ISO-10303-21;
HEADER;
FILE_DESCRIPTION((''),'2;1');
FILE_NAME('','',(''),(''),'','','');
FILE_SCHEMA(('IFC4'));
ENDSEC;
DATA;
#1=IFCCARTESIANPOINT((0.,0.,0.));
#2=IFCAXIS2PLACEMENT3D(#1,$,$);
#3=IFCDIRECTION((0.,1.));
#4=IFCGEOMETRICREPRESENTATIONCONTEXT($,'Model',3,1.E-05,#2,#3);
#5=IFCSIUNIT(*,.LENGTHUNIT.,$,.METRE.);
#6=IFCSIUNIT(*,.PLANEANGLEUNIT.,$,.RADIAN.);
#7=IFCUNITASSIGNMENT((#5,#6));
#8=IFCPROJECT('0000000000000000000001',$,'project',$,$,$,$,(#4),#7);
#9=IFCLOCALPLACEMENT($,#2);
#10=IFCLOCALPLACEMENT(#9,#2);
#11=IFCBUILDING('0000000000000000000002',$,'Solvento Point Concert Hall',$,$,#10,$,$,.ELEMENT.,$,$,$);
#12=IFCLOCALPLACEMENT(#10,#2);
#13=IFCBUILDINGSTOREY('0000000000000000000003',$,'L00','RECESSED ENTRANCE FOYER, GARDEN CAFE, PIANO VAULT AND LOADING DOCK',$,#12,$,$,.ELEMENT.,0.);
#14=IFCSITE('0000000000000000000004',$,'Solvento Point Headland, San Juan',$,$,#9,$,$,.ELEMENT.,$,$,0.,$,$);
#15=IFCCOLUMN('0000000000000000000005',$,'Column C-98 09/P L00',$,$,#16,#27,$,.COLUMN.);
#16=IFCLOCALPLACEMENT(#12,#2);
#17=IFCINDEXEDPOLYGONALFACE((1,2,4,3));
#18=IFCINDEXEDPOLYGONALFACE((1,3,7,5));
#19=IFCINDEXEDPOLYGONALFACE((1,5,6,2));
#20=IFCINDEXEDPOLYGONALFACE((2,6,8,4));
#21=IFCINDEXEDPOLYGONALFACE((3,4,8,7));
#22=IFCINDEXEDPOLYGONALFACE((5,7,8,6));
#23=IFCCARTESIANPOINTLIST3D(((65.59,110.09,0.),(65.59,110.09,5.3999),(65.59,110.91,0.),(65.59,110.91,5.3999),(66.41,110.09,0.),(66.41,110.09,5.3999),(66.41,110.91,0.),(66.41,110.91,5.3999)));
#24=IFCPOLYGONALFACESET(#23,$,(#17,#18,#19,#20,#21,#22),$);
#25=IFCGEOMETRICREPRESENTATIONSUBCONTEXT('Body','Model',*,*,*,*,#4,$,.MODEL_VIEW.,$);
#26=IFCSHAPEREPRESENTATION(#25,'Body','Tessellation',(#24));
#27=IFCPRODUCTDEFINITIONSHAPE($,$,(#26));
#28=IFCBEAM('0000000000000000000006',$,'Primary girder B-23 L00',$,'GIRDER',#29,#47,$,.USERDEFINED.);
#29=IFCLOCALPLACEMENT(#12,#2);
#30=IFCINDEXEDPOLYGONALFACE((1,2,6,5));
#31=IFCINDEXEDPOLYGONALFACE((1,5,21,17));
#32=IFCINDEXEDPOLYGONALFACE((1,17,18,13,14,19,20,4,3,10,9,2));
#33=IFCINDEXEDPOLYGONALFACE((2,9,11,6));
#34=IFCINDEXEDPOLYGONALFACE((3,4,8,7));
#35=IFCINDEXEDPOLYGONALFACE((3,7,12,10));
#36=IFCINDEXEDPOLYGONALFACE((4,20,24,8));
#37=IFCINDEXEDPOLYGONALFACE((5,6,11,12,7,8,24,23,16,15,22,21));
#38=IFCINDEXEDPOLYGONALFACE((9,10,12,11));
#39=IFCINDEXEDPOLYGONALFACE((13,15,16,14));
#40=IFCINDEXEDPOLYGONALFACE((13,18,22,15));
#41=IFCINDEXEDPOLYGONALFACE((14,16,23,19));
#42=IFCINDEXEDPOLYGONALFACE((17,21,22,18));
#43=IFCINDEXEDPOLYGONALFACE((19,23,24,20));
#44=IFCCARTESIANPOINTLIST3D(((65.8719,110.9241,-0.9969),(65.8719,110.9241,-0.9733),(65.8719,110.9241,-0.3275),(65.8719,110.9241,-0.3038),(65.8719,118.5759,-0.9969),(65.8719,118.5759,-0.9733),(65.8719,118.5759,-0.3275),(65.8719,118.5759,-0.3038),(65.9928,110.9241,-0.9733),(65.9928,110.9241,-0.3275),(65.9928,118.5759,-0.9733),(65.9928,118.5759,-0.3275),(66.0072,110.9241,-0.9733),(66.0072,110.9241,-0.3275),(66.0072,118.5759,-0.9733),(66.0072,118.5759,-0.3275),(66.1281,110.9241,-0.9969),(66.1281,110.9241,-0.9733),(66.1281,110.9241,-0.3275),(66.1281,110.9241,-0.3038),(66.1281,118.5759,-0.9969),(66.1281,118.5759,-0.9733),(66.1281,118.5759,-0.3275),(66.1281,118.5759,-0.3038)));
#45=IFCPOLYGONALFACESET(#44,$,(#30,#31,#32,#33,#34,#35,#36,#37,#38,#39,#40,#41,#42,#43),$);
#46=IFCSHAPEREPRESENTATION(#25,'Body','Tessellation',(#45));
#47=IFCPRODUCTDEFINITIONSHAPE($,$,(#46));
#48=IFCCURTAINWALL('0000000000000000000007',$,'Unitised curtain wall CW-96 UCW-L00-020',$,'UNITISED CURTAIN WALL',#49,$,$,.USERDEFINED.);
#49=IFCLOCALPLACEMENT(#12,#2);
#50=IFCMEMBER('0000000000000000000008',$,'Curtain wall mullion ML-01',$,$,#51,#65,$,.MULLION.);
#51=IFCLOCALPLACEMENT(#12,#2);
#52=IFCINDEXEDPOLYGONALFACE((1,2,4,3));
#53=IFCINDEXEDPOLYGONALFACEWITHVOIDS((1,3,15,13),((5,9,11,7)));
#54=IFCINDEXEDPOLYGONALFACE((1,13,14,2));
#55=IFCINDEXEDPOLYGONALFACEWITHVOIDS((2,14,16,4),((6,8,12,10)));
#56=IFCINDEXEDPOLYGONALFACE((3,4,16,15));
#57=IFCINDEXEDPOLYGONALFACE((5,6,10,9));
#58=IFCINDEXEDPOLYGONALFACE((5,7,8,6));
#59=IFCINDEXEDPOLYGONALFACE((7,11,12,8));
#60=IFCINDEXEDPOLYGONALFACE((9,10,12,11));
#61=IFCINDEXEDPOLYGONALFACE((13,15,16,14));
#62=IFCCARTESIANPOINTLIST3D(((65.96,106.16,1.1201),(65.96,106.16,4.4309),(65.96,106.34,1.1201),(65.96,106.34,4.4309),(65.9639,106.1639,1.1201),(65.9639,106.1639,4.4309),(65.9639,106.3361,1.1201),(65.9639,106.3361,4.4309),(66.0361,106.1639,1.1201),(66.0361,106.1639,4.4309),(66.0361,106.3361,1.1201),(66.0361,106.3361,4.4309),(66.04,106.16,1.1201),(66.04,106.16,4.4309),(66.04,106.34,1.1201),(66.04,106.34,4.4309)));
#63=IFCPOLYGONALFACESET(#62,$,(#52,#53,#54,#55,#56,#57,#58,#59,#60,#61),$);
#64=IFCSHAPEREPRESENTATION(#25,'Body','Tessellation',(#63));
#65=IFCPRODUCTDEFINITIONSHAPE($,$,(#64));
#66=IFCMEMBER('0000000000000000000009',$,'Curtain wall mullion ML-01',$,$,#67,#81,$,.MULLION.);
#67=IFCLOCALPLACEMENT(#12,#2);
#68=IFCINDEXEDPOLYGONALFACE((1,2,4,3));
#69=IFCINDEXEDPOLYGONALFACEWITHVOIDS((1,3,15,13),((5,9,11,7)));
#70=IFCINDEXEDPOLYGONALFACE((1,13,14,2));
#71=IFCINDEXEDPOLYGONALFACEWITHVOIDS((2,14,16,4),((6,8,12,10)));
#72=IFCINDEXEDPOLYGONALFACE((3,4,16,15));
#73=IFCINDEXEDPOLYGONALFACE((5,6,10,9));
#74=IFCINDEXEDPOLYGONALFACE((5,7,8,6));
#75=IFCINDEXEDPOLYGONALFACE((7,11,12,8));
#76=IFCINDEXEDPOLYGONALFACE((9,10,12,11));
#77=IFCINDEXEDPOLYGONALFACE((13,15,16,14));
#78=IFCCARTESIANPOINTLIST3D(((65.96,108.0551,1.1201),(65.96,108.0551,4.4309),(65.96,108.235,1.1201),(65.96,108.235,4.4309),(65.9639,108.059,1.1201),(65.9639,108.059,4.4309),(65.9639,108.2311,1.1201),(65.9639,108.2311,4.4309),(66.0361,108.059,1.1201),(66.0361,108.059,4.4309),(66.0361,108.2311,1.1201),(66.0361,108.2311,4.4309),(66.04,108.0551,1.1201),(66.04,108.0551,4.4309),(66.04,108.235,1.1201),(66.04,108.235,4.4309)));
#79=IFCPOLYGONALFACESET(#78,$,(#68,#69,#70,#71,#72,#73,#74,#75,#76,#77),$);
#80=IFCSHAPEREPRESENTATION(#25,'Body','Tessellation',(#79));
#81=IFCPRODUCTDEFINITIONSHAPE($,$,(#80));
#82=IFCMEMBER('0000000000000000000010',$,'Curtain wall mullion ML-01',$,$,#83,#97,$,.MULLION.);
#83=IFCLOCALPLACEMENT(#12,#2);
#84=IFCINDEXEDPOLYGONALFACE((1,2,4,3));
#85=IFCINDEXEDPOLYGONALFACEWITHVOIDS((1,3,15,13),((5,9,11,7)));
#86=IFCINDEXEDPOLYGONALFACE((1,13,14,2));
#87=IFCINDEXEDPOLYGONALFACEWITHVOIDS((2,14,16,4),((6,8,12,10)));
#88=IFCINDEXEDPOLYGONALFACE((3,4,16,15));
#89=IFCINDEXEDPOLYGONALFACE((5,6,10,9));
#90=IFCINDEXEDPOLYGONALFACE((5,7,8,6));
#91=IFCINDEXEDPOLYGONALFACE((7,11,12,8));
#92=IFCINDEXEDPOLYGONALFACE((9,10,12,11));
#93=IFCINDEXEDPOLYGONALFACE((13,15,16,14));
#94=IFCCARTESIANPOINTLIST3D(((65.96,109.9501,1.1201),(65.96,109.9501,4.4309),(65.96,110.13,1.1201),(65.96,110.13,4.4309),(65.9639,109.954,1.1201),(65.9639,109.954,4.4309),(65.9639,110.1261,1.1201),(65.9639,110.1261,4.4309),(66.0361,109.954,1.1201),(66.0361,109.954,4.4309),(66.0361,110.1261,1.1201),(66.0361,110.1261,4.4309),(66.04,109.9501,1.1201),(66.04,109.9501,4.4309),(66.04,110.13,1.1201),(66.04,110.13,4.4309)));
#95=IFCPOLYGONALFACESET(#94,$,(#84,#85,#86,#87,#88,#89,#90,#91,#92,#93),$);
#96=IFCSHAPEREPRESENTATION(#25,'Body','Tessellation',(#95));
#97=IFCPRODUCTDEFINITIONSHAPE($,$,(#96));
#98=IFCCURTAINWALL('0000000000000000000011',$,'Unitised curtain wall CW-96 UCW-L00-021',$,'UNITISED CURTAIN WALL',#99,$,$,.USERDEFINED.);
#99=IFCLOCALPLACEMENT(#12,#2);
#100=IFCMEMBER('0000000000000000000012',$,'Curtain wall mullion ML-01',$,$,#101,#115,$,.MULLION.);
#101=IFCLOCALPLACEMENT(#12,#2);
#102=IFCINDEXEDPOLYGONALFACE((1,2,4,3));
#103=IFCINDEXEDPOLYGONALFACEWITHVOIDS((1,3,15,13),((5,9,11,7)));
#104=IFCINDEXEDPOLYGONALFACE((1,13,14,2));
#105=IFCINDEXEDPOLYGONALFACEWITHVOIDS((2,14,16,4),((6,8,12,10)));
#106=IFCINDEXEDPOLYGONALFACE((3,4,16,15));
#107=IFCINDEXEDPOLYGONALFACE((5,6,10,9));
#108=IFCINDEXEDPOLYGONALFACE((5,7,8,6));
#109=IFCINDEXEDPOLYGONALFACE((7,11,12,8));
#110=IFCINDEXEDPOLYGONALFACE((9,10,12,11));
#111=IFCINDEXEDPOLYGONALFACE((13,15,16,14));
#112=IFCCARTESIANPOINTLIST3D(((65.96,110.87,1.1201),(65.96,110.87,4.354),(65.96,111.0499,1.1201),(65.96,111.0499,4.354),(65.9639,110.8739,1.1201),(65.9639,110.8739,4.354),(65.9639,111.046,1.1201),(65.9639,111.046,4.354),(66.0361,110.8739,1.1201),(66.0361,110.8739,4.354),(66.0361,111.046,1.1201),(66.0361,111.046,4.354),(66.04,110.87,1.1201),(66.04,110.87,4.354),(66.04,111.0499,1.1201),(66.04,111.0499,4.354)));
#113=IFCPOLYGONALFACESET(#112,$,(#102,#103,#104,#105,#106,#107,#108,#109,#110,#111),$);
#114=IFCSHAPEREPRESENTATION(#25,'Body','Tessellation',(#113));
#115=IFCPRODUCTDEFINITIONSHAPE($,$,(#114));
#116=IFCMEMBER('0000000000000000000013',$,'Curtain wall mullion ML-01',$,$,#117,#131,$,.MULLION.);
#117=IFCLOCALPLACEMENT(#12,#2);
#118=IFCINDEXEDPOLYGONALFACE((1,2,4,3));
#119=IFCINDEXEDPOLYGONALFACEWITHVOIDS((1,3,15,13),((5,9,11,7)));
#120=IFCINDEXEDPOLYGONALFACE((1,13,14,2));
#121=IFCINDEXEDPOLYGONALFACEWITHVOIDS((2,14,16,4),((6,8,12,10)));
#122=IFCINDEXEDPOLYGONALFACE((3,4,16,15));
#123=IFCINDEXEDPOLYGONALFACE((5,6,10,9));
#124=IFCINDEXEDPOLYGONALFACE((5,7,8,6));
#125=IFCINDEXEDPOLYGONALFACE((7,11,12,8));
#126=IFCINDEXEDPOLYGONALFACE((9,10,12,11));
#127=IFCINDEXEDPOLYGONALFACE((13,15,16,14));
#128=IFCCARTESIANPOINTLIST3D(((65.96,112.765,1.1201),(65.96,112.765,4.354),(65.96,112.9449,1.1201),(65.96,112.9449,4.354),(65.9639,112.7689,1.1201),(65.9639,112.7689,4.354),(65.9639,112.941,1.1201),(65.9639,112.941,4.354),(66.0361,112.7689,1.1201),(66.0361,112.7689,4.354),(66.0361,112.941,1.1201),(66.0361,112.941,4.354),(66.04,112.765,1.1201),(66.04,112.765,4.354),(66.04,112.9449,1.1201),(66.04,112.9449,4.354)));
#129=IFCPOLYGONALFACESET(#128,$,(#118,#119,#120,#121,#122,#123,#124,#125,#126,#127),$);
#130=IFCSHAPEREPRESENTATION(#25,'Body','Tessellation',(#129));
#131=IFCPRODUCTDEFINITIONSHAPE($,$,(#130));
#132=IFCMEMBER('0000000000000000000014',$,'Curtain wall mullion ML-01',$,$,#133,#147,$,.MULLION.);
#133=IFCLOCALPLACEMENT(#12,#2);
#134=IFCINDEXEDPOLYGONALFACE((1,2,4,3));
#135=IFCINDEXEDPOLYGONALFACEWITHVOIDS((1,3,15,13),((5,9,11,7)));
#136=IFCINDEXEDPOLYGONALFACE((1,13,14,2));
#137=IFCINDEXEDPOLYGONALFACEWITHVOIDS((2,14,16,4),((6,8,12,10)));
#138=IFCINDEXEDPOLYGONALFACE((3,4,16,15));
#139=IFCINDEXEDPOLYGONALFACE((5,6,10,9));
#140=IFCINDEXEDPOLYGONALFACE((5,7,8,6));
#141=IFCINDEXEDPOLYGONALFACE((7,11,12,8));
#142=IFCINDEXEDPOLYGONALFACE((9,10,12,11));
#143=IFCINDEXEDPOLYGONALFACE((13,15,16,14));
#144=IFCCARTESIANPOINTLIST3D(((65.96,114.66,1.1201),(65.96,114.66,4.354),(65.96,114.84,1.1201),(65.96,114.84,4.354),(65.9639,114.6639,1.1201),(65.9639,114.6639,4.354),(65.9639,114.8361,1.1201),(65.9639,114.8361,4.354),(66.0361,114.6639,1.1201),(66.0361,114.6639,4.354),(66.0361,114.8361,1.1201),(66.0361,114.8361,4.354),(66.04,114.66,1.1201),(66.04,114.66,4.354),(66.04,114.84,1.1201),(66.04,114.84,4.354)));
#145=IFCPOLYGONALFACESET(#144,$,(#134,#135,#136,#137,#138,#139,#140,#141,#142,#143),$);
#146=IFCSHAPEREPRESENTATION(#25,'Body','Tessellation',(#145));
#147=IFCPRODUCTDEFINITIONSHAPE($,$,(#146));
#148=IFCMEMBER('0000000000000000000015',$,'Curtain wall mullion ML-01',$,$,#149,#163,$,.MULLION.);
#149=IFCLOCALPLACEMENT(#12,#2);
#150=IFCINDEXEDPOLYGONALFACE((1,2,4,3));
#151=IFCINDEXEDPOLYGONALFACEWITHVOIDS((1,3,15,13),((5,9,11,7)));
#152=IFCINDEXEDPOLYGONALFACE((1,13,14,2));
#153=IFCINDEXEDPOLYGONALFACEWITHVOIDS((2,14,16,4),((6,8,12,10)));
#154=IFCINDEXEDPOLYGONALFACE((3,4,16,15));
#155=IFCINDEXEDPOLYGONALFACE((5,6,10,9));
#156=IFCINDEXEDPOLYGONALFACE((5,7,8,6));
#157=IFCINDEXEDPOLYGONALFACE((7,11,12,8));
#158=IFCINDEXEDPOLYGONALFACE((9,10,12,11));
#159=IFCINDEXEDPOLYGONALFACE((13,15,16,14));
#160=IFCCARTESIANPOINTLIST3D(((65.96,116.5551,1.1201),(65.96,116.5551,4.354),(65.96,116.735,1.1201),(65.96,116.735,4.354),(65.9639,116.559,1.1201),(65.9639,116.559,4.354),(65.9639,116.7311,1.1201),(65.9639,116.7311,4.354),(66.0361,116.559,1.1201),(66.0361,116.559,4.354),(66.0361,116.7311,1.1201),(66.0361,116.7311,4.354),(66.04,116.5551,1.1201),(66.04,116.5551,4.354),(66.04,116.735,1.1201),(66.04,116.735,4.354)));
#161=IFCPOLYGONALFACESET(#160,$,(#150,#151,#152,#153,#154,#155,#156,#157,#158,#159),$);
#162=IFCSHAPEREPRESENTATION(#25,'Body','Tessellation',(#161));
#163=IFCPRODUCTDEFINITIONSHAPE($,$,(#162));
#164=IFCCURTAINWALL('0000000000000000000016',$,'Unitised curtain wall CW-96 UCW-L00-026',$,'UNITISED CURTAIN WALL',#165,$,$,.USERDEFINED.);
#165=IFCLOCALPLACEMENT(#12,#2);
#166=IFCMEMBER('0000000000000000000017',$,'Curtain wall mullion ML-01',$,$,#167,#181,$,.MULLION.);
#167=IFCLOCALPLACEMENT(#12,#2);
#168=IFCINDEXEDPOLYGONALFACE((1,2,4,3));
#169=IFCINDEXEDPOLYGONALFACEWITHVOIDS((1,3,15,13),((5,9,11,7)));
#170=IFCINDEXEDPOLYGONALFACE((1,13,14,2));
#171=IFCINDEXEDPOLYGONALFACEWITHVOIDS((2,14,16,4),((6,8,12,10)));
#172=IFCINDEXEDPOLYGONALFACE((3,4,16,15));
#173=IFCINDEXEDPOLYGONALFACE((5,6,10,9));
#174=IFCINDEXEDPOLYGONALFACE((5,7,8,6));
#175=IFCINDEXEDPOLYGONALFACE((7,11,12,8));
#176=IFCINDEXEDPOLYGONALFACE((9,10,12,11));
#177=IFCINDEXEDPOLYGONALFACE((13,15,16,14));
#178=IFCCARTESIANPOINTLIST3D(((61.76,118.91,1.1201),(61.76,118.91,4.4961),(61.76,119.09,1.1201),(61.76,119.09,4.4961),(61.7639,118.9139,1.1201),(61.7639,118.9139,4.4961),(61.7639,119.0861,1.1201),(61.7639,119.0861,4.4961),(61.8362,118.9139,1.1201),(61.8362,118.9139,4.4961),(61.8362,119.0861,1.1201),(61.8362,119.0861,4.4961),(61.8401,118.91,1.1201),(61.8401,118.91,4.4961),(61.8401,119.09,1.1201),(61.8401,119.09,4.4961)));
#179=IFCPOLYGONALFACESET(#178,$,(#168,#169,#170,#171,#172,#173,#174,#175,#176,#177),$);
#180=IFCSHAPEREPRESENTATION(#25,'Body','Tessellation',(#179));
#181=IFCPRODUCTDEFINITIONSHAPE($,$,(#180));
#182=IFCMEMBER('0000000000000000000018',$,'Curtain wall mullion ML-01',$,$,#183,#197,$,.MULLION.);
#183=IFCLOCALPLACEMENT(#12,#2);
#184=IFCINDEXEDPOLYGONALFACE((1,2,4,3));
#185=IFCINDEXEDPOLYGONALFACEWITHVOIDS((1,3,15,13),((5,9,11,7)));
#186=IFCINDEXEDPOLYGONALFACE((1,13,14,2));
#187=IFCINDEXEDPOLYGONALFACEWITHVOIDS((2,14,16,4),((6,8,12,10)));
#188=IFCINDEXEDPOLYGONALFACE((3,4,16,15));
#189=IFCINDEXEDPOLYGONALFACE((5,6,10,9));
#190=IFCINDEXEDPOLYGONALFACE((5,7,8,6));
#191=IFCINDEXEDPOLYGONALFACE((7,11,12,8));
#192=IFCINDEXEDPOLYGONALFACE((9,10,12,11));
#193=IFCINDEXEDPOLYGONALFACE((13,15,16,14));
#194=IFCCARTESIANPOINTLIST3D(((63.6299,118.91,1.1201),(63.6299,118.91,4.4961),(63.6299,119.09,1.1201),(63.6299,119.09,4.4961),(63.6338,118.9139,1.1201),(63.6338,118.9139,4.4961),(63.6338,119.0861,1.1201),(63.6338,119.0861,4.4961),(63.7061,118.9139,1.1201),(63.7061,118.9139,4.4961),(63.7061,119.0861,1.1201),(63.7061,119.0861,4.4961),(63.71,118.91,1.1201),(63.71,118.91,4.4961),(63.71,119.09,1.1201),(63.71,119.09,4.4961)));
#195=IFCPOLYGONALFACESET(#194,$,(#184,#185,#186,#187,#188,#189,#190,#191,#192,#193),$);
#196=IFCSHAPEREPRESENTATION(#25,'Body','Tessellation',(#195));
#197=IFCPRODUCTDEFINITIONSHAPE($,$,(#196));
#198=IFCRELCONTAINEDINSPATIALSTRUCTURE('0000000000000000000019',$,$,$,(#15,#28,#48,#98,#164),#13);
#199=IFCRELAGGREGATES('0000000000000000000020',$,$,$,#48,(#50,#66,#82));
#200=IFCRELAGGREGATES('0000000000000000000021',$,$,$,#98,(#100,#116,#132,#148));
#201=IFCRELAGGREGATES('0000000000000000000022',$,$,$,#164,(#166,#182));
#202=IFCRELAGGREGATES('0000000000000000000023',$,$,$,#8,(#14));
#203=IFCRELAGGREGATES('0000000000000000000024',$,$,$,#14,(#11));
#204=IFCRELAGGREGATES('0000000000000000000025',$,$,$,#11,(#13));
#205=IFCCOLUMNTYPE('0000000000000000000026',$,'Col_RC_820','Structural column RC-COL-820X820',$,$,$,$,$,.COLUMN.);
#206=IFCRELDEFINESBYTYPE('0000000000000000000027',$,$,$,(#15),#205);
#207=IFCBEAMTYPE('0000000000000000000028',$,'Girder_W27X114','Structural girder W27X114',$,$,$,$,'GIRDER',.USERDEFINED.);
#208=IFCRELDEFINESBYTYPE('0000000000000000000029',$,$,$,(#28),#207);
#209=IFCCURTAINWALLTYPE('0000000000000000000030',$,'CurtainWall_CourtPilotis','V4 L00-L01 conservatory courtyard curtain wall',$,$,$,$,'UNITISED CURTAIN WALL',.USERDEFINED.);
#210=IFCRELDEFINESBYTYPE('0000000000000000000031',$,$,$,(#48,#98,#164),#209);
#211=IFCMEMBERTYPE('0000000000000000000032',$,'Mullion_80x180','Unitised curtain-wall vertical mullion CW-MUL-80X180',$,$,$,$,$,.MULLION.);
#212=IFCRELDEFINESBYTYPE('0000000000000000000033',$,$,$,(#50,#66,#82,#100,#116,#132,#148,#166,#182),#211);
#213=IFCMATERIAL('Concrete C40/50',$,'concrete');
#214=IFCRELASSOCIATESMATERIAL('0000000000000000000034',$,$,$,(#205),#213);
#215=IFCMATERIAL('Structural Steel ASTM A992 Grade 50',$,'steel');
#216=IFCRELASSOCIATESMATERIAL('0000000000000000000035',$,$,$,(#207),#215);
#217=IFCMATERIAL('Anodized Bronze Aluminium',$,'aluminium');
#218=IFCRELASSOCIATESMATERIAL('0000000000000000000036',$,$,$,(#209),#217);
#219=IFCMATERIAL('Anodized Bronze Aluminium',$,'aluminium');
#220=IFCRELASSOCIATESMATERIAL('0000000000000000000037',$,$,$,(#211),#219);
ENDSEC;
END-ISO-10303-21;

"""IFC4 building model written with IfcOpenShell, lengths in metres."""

from ifc_helpers import new_model, si_unit, direction, frame, origin, origin_2d, place, context, subcontext, project, spatial, rectangle, hollow_rectangle, i_section, extrude, material, material_profile, profile_set, type_object, element, aggregate, save


model = new_model("IFC4")

# Units and contexts
model_context = context("Model", 3, precision=1e-05, world=origin(), true_north=direction((0.0, 1.0)))
body_context = subcontext(model_context, "Body", "Model", "MODEL_VIEW")
ifc_project = project(units=[si_unit("LENGTHUNIT", "METRE"), si_unit("PLANEANGLEUNIT", "RADIAN")], contexts=[model_context])

# Site, building, storey
site_placement = place(None, origin())
site = spatial("IfcSite", under=ifc_project, at=site_placement, Name="Solvento Point Headland, San Juan", CompositionType="ELEMENT", RefElevation=0.0)
building_placement = place(site_placement, origin())
building = spatial("IfcBuilding", under=site, at=building_placement, Name="Solvento Point Concert Hall", CompositionType="ELEMENT")
storey_placement = place(building_placement, origin())
storey = spatial("IfcBuildingStorey", under=building, at=storey_placement, Name="L00", Description="RECESSED ENTRANCE FOYER, GARDEN CAFE, PIANO VAULT AND LOADING DOCK", CompositionType="ELEMENT", Elevation=0.0)

# Column
ifc_material_1 = material(Name="Concrete C40/50", Category="concrete")
ifc_material_profile_1 = material_profile(ifc_material_1, rectangle(XDim=0.8201, YDim=0.8201, at=origin_2d()), Name="RC-COL-820X820")
ifc_profile_set_1 = profile_set([ifc_material_profile_1], Name="Concrete C40/50")
column_type = type_object("IfcColumnType", Name="Col_RC_820", Description="Structural column RC-COL-820X820", PredefinedType="COLUMN", material=ifc_profile_set_1)
column_placement = place(storey_placement, frame((66.0, 110.5, 0.0), z_axis=(0.0, 0.0, 1.0), x_axis=(1.0, 0.0, 0.0)))
element("IfcColumn", 1, at=column_placement, inside=storey, type_object=column_type, Name="Column C-98 09/P L00", PredefinedType="COLUMN", context=body_context, shape_type="SweptSolid", body=[
    extrude(rectangle(XDim=0.8201, YDim=0.8201, at=origin_2d()), origin(), (0.0, 0.0, 1.0), 5.3999),
])

# Beam
ifc_material_2 = material(Name="Structural Steel ASTM A992 Grade 50", Category="steel")
ifc_material_profile_2 = material_profile(ifc_material_2, i_section(OverallWidth=0.2561, OverallDepth=0.6931, WebThickness=0.0144, FlangeThickness=0.0237, at=origin_2d()), Name="W27X114")
ifc_profile_set_2 = profile_set([ifc_material_profile_2], Name="Structural Steel ASTM A992 Grade 50")
beam_type = type_object("IfcBeamType", Name="Girder_W27X114", Description="Structural girder W27X114", ElementType="GIRDER", PredefinedType="USERDEFINED", material=ifc_profile_set_2)
beam_placement = place(storey_placement, frame((66.0, 110.9241, -0.6504), z_axis=(0.0, 1.0, 0.0), x_axis=(-1.0, 0.0, 0.0)))
element("IfcBeam", 2, at=beam_placement, inside=storey, type_object=beam_type, Name="Primary girder B-23 L00", ObjectType="GIRDER", PredefinedType="USERDEFINED", context=body_context, shape_type="SweptSolid", body=[
    extrude(i_section(OverallWidth=0.2561, OverallDepth=0.6931, WebThickness=0.0144, FlangeThickness=0.0237, at=origin_2d()), origin(), (0.0, 0.0, 1.0), 7.6519),
])

# Curtain walls, members
ifc_material_3 = material(Name="Anodized Bronze Aluminium", Category="aluminium")
curtain_wall_type = type_object("IfcCurtainWallType", Name="CurtainWall_CourtPilotis", Description="V4 L00-L01 conservatory courtyard curtain wall", ElementType="UNITISED CURTAIN WALL", PredefinedType="USERDEFINED", material=ifc_material_3)
curtain_wall_1_placement = place(storey_placement, origin())
curtain_wall_1 = element("IfcCurtainWall", 3, at=curtain_wall_1_placement, inside=storey, type_object=curtain_wall_type, Name="Unitised curtain wall CW-96 UCW-L00-020", ObjectType="UNITISED CURTAIN WALL", PredefinedType="USERDEFINED")
ifc_material_4 = material(Name="Anodized Bronze Aluminium", Category="aluminium")
ifc_material_profile_3 = material_profile(ifc_material_4, hollow_rectangle(XDim=0.0801, YDim=0.1799, WallThickness=0.0039, at=origin_2d()), Name="CW-MUL-80X180")
ifc_profile_set_3 = profile_set([ifc_material_profile_3], Name="Anodized Bronze Aluminium")
member_type_1 = type_object("IfcMemberType", Name="Mullion_80x180", Description="Unitised curtain-wall vertical mullion CW-MUL-80X180", PredefinedType="MULLION", material=ifc_profile_set_3)
member_1_placement = place(storey_placement, frame((66.0, 106.25, 1.1201), z_axis=(0.0, 0.0, 1.0), x_axis=(1.0, 0.0, 0.0)))
member_1 = element("IfcMember", 4, at=member_1_placement, type_object=member_type_1, Name="Curtain wall mullion ML-01", PredefinedType="MULLION", context=body_context, shape_type="SweptSolid", body=[
    extrude(hollow_rectangle(XDim=0.0801, YDim=0.1799, WallThickness=0.0039, at=origin_2d()), origin(), (0.0, 0.0, 1.0), 3.3108),
])
member_2_placement = place(storey_placement, frame((66.0, 108.145, 1.1201), z_axis=(0.0, 0.0, 1.0), x_axis=(1.0, 0.0, 0.0)))
member_2 = element("IfcMember", 5, at=member_2_placement, type_object=member_type_1, Name="Curtain wall mullion ML-01", PredefinedType="MULLION", context=body_context, shape_type="SweptSolid", body=[
    extrude(hollow_rectangle(XDim=0.0801, YDim=0.1799, WallThickness=0.0039, at=origin_2d()), origin(), (0.0, 0.0, 1.0), 3.3108),
])
member_3_placement = place(storey_placement, frame((66.0, 110.04, 1.1201), z_axis=(0.0, 0.0, 1.0), x_axis=(1.0, 0.0, 0.0)))
member_3 = element("IfcMember", 6, at=member_3_placement, type_object=member_type_1, Name="Curtain wall mullion ML-01", PredefinedType="MULLION", context=body_context, shape_type="SweptSolid", body=[
    extrude(hollow_rectangle(XDim=0.0801, YDim=0.1799, WallThickness=0.0039, at=origin_2d()), origin(), (0.0, 0.0, 1.0), 3.3108),
])
curtain_wall_2_placement = place(storey_placement, origin())
curtain_wall_2 = element("IfcCurtainWall", 7, at=curtain_wall_2_placement, inside=storey, type_object=curtain_wall_type, Name="Unitised curtain wall CW-96 UCW-L00-021", ObjectType="UNITISED CURTAIN WALL", PredefinedType="USERDEFINED")
member_4_placement = place(storey_placement, frame((66.0, 110.96, 1.1201), z_axis=(0.0, 0.0, 1.0), x_axis=(1.0, 0.0, 0.0)))
member_4 = element("IfcMember", 8, at=member_4_placement, type_object=member_type_1, Name="Curtain wall mullion ML-01", PredefinedType="MULLION", context=body_context, shape_type="SweptSolid", body=[
    extrude(hollow_rectangle(XDim=0.0801, YDim=0.1799, WallThickness=0.0039, at=origin_2d()), origin(), (0.0, 0.0, 1.0), 3.2339),
])
member_5_placement = place(storey_placement, frame((66.0, 112.855, 1.1201), z_axis=(0.0, 0.0, 1.0), x_axis=(1.0, 0.0, 0.0)))
member_5 = element("IfcMember", 9, at=member_5_placement, type_object=member_type_1, Name="Curtain wall mullion ML-01", PredefinedType="MULLION", context=body_context, shape_type="SweptSolid", body=[
    extrude(hollow_rectangle(XDim=0.0801, YDim=0.1799, WallThickness=0.0039, at=origin_2d()), origin(), (0.0, 0.0, 1.0), 3.2339),
])
member_6_placement = place(storey_placement, frame((66.0, 114.75, 1.1201), z_axis=(0.0, 0.0, 1.0), x_axis=(1.0, 0.0, 0.0)))
member_6 = element("IfcMember", 10, at=member_6_placement, type_object=member_type_1, Name="Curtain wall mullion ML-01", PredefinedType="MULLION", context=body_context, shape_type="SweptSolid", body=[
    extrude(hollow_rectangle(XDim=0.0801, YDim=0.1799, WallThickness=0.0039, at=origin_2d()), origin(), (0.0, 0.0, 1.0), 3.2339),
])
member_7_placement = place(storey_placement, frame((66.0, 116.645, 1.1201), z_axis=(0.0, 0.0, 1.0), x_axis=(1.0, 0.0, 0.0)))
member_7 = element("IfcMember", 11, at=member_7_placement, type_object=member_type_1, Name="Curtain wall mullion ML-01", PredefinedType="MULLION", context=body_context, shape_type="SweptSolid", body=[
    extrude(hollow_rectangle(XDim=0.0801, YDim=0.1799, WallThickness=0.0039, at=origin_2d()), origin(), (0.0, 0.0, 1.0), 3.2339),
])
curtain_wall_3_placement = place(storey_placement, origin())
curtain_wall_3 = element("IfcCurtainWall", 12, at=curtain_wall_3_placement, inside=storey, type_object=curtain_wall_type, Name="Unitised curtain wall CW-96 UCW-L00-026", ObjectType="UNITISED CURTAIN WALL", PredefinedType="USERDEFINED")
member_8_placement = place(storey_placement, frame((61.8, 119.0, 1.1201), z_axis=(0.0, 0.0, 1.0), x_axis=(1.0, 0.0, 0.0)))
member_8 = element("IfcMember", 13, at=member_8_placement, type_object=member_type_1, Name="Curtain wall mullion ML-01", PredefinedType="MULLION", context=body_context, shape_type="SweptSolid", body=[
    extrude(hollow_rectangle(XDim=0.0801, YDim=0.1799, WallThickness=0.0039, at=origin_2d()), origin(), (0.0, 0.0, 1.0), 3.376),
])
member_9_placement = place(storey_placement, frame((63.6699, 119.0, 1.1201), z_axis=(0.0, 0.0, 1.0), x_axis=(1.0, 0.0, 0.0)))
member_9 = element("IfcMember", 14, at=member_9_placement, type_object=member_type_1, Name="Curtain wall mullion ML-01", PredefinedType="MULLION", context=body_context, shape_type="SweptSolid", body=[
    extrude(hollow_rectangle(XDim=0.0801, YDim=0.1799, WallThickness=0.0039, at=origin_2d()), origin(), (0.0, 0.0, 1.0), 3.376),
])

aggregate(curtain_wall_1, [member_1, member_2, member_3])
aggregate(curtain_wall_2, [member_4, member_5, member_6, member_7])
aggregate(curtain_wall_3, [member_8, member_9])

save(model, "model.ifc")
